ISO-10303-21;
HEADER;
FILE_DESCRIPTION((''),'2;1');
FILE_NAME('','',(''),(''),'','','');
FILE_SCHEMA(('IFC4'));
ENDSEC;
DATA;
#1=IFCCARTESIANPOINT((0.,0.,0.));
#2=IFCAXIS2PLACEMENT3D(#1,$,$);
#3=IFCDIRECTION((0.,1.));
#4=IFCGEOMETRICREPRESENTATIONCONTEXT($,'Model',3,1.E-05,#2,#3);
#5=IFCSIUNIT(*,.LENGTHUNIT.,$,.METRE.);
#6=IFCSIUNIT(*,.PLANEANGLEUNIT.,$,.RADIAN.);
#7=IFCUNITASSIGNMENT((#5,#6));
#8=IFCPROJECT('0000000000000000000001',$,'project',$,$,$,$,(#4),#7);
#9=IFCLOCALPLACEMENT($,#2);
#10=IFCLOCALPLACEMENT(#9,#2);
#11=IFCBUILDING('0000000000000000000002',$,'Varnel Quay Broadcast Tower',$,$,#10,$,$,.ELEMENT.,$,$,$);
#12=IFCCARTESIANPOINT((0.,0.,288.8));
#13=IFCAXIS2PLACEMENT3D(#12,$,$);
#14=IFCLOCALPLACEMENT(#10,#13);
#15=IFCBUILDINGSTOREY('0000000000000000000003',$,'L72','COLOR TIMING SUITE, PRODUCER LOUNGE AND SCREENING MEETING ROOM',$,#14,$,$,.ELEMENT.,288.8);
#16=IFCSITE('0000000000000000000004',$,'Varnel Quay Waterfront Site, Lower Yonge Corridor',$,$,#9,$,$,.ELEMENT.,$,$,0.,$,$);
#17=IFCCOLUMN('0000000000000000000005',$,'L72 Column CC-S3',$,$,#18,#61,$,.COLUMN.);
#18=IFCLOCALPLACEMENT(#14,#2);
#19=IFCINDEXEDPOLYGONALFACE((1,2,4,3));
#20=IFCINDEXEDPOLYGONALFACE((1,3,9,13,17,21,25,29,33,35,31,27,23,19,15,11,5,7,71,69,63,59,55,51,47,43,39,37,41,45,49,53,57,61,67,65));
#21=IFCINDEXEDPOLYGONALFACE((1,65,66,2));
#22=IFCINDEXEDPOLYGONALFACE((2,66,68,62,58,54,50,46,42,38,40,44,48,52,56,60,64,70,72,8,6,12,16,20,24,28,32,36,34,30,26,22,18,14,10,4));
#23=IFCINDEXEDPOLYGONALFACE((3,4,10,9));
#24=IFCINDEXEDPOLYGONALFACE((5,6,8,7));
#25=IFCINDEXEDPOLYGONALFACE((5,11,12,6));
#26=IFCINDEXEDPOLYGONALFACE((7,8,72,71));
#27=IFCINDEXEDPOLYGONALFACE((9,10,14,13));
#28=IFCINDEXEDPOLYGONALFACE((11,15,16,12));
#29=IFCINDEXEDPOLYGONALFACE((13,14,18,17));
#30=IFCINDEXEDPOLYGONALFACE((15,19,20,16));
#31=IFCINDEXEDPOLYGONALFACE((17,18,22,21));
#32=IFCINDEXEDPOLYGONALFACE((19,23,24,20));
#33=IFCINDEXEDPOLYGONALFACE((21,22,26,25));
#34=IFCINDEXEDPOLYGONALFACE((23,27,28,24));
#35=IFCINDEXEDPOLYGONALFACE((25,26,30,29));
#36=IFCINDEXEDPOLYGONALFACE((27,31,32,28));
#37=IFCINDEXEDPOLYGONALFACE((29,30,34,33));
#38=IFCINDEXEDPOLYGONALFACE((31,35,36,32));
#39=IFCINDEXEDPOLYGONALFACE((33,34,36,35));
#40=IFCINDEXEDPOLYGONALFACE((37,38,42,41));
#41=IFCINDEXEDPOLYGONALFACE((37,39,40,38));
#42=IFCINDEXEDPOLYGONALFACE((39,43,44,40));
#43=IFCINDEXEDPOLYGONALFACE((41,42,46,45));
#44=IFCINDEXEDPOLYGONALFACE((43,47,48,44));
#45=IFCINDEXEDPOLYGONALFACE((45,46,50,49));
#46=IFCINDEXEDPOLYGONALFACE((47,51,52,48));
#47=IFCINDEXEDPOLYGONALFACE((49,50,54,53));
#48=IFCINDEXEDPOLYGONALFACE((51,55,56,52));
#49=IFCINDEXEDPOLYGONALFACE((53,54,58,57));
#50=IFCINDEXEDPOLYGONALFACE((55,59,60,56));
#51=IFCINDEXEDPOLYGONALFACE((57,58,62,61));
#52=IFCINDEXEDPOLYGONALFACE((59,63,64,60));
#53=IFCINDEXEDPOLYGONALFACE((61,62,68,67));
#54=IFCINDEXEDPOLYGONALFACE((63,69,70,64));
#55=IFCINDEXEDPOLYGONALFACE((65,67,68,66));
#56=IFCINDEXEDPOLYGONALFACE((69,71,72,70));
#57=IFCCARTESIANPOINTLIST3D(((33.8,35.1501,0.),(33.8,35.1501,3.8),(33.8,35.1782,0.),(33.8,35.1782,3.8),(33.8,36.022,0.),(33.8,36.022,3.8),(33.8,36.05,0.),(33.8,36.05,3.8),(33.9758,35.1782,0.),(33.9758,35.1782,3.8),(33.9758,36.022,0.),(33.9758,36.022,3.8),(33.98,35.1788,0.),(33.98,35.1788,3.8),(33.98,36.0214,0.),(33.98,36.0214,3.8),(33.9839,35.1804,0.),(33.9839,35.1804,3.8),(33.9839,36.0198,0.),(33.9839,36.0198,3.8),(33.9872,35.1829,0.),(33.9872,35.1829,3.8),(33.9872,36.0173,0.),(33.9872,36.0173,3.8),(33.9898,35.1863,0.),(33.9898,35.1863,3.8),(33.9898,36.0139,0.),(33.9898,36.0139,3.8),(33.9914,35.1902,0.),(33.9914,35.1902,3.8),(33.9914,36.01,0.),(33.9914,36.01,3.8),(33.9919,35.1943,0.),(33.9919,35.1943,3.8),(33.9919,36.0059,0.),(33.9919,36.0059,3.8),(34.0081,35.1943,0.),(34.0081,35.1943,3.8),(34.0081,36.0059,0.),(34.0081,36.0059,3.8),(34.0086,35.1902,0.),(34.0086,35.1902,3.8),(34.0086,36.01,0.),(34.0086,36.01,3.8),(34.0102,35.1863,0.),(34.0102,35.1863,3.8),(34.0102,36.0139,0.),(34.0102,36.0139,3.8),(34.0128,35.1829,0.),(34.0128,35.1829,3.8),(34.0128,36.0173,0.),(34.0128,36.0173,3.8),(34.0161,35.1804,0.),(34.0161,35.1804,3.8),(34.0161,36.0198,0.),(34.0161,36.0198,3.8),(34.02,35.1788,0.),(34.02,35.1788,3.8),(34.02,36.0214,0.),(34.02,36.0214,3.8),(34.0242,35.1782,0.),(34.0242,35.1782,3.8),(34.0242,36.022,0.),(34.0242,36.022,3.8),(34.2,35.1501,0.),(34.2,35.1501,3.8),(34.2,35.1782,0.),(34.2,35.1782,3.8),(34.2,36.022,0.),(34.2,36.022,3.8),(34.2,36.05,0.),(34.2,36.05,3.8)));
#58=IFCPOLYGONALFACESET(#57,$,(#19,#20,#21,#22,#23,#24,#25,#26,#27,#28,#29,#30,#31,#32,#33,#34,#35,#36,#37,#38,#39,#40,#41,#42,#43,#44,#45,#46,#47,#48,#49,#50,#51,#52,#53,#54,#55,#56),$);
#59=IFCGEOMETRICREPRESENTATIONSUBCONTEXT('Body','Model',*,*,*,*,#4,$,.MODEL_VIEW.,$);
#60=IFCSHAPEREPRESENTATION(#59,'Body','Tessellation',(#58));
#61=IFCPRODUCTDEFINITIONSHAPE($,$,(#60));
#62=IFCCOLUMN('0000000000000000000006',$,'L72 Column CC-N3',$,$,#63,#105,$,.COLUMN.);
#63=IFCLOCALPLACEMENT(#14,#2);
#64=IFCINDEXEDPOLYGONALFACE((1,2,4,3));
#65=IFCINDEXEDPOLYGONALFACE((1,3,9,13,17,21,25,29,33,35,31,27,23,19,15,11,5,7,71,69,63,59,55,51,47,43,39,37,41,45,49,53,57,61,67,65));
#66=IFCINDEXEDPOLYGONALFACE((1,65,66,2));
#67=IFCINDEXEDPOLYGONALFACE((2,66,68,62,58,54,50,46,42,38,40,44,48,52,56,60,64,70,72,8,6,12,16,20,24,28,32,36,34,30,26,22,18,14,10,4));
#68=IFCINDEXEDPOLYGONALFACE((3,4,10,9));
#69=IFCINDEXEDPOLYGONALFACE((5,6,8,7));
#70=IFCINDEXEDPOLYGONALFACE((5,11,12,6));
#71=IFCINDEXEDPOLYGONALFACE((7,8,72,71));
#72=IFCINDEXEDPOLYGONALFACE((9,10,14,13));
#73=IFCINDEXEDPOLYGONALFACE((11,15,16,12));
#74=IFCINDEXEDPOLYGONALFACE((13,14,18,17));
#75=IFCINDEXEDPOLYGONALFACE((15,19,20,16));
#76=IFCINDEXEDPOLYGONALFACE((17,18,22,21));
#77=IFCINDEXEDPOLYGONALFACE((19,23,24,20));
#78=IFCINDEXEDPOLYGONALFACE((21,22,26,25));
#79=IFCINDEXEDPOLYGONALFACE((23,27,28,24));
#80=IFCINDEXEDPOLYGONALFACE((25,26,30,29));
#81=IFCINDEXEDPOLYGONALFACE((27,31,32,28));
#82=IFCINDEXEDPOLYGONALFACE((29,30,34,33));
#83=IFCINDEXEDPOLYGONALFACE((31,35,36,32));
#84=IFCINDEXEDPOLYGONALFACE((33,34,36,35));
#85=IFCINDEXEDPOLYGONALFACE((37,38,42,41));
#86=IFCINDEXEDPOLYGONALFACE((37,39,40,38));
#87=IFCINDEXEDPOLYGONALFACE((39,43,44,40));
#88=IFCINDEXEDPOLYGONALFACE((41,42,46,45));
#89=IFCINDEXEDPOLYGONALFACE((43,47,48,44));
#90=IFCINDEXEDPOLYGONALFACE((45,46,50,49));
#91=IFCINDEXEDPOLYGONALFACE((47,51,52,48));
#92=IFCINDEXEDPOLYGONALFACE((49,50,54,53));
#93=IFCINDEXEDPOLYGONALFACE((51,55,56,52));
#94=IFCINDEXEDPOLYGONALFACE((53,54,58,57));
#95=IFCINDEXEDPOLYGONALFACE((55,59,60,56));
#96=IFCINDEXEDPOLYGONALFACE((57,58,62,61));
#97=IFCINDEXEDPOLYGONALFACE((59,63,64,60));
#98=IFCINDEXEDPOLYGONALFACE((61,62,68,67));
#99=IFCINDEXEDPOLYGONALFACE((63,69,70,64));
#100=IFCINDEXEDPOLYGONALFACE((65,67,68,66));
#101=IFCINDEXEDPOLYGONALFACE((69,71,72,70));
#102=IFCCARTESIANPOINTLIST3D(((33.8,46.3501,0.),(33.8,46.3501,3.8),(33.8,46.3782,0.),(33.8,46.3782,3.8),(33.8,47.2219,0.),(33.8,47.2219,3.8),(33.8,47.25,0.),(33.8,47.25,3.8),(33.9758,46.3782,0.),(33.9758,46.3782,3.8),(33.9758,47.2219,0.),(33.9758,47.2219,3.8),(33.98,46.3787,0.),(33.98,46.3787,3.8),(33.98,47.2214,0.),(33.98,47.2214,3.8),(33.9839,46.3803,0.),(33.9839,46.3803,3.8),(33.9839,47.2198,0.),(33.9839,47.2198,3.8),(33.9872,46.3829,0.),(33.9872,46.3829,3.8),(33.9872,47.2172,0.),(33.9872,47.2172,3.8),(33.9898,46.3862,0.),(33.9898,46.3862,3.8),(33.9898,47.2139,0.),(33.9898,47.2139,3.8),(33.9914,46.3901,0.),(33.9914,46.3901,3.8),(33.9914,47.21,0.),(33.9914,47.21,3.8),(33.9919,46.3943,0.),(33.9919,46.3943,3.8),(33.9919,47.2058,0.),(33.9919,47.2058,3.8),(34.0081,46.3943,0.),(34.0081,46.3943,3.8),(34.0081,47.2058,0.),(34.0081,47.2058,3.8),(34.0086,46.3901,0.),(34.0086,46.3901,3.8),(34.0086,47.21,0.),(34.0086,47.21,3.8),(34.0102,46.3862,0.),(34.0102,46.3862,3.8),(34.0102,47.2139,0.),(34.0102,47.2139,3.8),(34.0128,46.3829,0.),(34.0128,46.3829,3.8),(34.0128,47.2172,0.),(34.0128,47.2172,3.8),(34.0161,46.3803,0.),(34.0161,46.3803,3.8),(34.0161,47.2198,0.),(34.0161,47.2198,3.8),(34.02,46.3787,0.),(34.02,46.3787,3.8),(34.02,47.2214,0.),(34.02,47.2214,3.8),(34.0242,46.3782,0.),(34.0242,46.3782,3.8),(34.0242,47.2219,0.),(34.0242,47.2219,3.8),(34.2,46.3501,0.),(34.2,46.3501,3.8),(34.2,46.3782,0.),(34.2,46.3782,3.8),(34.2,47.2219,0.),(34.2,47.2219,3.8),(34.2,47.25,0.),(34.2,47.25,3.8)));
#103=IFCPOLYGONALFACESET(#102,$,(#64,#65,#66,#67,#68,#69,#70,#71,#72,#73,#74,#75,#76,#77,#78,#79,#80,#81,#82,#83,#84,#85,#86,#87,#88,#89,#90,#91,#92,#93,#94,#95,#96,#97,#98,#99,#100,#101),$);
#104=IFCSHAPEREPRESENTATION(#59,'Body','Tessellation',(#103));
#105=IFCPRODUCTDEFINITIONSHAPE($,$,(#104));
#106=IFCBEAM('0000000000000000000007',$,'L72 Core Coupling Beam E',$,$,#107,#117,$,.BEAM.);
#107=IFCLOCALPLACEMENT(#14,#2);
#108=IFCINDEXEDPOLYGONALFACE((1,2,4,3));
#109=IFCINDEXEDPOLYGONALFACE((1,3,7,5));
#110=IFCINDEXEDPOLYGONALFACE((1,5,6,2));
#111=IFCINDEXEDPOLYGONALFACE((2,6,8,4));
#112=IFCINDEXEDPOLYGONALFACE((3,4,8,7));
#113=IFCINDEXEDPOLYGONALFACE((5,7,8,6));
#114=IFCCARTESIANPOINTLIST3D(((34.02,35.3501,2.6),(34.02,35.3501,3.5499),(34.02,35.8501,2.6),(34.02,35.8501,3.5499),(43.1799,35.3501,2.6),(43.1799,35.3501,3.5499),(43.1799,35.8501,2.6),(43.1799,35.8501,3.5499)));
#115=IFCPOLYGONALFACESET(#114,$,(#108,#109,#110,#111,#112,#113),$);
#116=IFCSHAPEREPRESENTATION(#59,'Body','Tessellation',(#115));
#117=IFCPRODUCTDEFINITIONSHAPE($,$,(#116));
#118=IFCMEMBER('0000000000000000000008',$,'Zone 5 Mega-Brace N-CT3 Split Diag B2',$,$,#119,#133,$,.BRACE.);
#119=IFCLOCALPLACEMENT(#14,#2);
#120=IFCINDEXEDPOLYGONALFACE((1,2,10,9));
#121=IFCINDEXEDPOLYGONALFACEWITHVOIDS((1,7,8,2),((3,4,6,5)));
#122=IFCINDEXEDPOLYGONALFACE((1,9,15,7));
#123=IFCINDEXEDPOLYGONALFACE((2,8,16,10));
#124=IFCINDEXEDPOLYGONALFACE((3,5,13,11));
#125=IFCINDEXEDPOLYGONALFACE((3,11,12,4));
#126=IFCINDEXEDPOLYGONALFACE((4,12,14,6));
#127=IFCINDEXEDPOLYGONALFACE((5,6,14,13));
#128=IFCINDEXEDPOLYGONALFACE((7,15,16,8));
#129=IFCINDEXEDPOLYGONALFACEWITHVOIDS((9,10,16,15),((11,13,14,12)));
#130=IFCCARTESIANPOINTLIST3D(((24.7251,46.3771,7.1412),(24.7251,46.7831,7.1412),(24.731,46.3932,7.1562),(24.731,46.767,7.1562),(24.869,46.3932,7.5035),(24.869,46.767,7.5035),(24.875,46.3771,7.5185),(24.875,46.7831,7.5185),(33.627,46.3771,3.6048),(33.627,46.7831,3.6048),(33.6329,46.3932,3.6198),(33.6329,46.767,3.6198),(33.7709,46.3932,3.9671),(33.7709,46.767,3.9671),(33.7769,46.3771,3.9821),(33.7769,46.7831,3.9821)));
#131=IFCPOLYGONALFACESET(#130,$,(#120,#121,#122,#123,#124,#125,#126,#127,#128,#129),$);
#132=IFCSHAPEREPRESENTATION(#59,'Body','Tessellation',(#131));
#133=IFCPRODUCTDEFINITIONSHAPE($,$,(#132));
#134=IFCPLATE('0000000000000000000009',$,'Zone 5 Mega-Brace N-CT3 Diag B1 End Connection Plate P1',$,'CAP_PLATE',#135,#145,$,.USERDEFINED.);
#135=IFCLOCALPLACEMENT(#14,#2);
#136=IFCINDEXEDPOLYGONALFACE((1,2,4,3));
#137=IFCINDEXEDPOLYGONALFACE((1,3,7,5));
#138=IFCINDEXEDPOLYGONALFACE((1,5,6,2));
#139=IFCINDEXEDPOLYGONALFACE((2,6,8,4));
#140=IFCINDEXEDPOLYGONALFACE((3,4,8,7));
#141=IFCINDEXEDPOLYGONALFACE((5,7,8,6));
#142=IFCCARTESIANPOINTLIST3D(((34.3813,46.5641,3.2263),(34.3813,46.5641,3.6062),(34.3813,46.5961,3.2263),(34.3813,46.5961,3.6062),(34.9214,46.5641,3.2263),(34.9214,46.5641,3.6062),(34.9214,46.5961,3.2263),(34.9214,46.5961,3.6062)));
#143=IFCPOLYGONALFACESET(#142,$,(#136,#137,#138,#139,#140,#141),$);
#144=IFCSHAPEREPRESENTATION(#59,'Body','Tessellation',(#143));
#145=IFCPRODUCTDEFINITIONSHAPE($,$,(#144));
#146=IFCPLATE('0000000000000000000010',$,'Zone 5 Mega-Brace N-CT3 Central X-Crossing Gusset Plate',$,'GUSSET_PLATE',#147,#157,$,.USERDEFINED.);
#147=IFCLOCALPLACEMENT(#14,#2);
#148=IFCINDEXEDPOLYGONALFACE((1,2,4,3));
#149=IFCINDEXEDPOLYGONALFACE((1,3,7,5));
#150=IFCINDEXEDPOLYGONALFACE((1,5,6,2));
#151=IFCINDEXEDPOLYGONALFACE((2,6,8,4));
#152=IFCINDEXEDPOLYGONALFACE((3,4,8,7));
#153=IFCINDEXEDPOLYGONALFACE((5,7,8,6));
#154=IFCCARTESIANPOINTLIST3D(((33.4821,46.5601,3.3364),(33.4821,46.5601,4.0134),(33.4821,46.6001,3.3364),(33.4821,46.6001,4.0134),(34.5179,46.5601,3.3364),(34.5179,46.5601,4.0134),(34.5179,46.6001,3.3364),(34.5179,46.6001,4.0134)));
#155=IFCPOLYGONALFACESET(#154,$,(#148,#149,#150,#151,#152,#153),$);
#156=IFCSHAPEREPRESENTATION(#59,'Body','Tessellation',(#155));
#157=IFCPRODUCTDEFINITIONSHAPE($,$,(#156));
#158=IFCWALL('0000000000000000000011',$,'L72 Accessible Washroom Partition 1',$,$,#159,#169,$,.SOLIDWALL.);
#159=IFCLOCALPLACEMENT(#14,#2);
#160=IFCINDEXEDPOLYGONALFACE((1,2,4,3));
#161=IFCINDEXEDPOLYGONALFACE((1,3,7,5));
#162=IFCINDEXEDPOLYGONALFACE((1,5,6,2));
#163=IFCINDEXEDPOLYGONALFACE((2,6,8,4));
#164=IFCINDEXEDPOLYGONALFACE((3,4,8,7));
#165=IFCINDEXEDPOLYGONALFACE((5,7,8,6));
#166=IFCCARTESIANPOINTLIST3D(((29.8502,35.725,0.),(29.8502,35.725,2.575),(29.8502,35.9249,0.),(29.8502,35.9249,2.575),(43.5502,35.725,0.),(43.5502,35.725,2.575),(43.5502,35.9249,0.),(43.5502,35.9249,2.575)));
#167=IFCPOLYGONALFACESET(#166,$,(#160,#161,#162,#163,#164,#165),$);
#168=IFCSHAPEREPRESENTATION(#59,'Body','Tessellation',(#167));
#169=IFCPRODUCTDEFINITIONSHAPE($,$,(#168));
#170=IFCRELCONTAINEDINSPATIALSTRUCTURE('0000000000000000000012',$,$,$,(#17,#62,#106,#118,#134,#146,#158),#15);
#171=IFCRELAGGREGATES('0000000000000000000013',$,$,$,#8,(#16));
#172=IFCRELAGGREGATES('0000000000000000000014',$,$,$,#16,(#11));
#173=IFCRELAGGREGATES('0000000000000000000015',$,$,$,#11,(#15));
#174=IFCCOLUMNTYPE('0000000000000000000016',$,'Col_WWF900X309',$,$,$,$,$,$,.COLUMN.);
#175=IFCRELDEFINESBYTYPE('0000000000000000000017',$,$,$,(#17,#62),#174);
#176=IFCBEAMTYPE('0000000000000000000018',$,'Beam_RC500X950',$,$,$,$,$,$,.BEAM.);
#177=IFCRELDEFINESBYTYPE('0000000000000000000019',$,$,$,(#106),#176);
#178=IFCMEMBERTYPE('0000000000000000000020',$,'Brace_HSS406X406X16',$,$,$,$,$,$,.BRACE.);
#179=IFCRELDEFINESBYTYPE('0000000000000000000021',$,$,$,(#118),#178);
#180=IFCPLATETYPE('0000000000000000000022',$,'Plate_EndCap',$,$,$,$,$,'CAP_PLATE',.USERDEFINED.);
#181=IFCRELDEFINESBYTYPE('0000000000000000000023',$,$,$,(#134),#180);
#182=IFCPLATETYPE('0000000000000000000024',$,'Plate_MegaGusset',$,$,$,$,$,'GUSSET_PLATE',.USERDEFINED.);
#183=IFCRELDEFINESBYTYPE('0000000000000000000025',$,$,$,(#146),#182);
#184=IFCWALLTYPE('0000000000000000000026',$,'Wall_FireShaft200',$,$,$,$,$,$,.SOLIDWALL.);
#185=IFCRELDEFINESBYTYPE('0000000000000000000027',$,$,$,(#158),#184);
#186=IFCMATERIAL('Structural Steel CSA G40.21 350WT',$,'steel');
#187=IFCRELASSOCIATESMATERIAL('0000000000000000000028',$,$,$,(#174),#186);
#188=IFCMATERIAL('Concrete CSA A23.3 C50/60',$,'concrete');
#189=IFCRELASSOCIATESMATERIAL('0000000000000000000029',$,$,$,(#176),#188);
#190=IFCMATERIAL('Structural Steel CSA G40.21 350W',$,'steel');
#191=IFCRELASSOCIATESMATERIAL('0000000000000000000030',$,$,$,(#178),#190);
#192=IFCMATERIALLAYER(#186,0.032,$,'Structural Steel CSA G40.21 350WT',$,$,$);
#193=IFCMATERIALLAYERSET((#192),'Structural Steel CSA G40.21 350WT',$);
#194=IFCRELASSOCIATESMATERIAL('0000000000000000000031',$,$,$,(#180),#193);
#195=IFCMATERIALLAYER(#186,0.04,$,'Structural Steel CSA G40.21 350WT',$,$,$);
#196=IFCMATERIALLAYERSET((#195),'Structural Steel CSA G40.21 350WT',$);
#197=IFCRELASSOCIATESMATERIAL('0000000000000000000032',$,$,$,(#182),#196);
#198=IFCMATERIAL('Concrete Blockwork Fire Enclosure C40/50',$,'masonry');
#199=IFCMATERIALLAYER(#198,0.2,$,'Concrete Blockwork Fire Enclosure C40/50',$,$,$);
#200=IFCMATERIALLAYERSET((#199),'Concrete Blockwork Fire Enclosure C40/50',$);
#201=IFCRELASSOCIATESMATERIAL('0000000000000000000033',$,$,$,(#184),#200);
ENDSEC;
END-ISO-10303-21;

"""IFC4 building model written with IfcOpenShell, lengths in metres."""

from ifc_helpers import new_model, si_unit, direction, frame, frame_2d, origin, origin_2d, place, context, subcontext, project, spatial, rectangle, hollow_rectangle, i_section, extrude, source, transform, mapped, material, layer, layer_set, material_profile, profile_set, type_object, type_shapes, element, save


model = new_model("IFC4")

# Units and contexts
model_context = context("Model", 3, precision=1e-05, world=origin(), true_north=direction((0.0, 1.0)))
body_context = subcontext(model_context, "Body", "Model", "MODEL_VIEW")
ifc_project = project(units=[si_unit("LENGTHUNIT", "METRE"), si_unit("PLANEANGLEUNIT", "RADIAN")], contexts=[model_context])

# Site, building, storey
site_placement = place(None, origin())
site = spatial("IfcSite", under=ifc_project, at=site_placement, Name="Varnel Quay Waterfront Site, Lower Yonge Corridor", CompositionType="ELEMENT", RefElevation=0.0)
building_placement = place(site_placement, origin())
building = spatial("IfcBuilding", under=site, at=building_placement, Name="Varnel Quay Broadcast Tower", CompositionType="ELEMENT")
storey_placement = place(building_placement, frame((0.0, 0.0, 288.8)))
storey = spatial("IfcBuildingStorey", under=building, at=storey_placement, Name="L72", Description="COLOR TIMING SUITE, PRODUCER LOUNGE AND SCREENING MEETING ROOM", CompositionType="ELEMENT", Elevation=288.8)

# Columns
ifc_material_1 = material(Name="Structural Steel CSA G40.21 350WT", Category="steel")
ifc_material_profile_1 = material_profile(ifc_material_1, i_section(OverallWidth=0.3999, OverallDepth=0.8999, WebThickness=0.0161, FlangeThickness=0.0281, FilletRadius=0.0161, at=origin_2d()), Name="WWF900X309")
ifc_profile_set_1 = profile_set([ifc_material_profile_1], Name="Structural Steel CSA G40.21 350WT")
column_type = type_object("IfcColumnType", Name="Col_WWF900X309", PredefinedType="COLUMN", material=ifc_profile_set_1)
shared_shape_1 = source(origin(), body_context, "Body", "SweptSolid", [
    extrude(i_section(OverallWidth=0.3999, OverallDepth=0.8999, WebThickness=0.0161, FlangeThickness=0.0281, FilletRadius=0.0161, at=origin_2d()), origin(), (0.0, 0.0, 1.0), 3.8),
])
type_shapes(column_type, [shared_shape_1])
for number, where, z_axis, x_axis, name in (
    (1, (34.0, 35.6001, 0.0), (0.0, 0.0, 1.0), (1.0, 0.0, 0.0), "L72 Column CC-S3"),
    (2, (34.0, 46.8, 0.0), (0.0, 0.0, 1.0), (1.0, 0.0, 0.0), "L72 Column CC-N3"),
):
    element("IfcColumn", number, at=place(storey_placement, frame(where, z_axis=z_axis, x_axis=x_axis)), inside=storey, type_object=column_type, Name=name, PredefinedType="COLUMN", context=body_context, shape_type="MappedRepresentation", body=[
        mapped(shared_shape_1, transform((0.0, 0.0, 0.0), x_axis=(1.0, 0.0, 0.0), y_axis=(0.0, 1.0, 0.0), z_axis=(0.0, 0.0, 1.0), scale=1.0)),
    ])

# Beam
ifc_material_2 = material(Name="Concrete CSA A23.3 C50/60", Category="concrete")
ifc_material_profile_2 = material_profile(ifc_material_2, rectangle(XDim=0.5, YDim=0.95, at=origin_2d()), Name="RC500X950")
ifc_profile_set_2 = profile_set([ifc_material_profile_2], Name="Concrete CSA A23.3 C50/60")
beam_type = type_object("IfcBeamType", Name="Beam_RC500X950", PredefinedType="BEAM", material=ifc_profile_set_2)
shared_shape_2 = source(origin(), body_context, "Body", "SweptSolid", [
    extrude(rectangle(XDim=0.5, YDim=0.95, at=origin_2d()), origin(), (0.0, 0.0, 1.0), 9.1599),
])
type_shapes(beam_type, [shared_shape_2])
beam_placement = place(storey_placement, frame((34.02, 35.6001, 3.075), z_axis=(1.0, 0.0, 0.0), x_axis=(0.0, 1.0, 0.0)))
element("IfcBeam", 3, at=beam_placement, inside=storey, type_object=beam_type, Name="L72 Core Coupling Beam E", PredefinedType="BEAM", context=body_context, shape_type="MappedRepresentation", body=[
    mapped(shared_shape_2, transform((0.0, 0.0, 0.0), x_axis=(1.0, 0.0, 0.0), y_axis=(0.0, 1.0, 0.0), z_axis=(0.0, 0.0, 1.0), scale=1.0)),
])

# Member
ifc_material_3 = material(Name="Structural Steel CSA G40.21 350W", Category="steel")
ifc_material_profile_3 = material_profile(ifc_material_3, hollow_rectangle(XDim=0.406, YDim=0.406, WallThickness=0.0161, at=origin_2d()), Name="HSS406X406X16")
ifc_profile_set_3 = profile_set([ifc_material_profile_3], Name="Structural Steel CSA G40.21 350W")
member_type = type_object("IfcMemberType", Name="Brace_HSS406X406X16", PredefinedType="BRACE", material=ifc_profile_set_3)
shared_shape_3 = source(origin(), body_context, "Body", "SweptSolid", [
    extrude(hollow_rectangle(XDim=0.406, YDim=0.406, WallThickness=0.0161, at=origin_2d()), origin(), (0.0, 0.0, 1.0), 9.5786),
])
type_shapes(member_type, [shared_shape_3])
member_placement = place(storey_placement, frame((33.7019, 46.5801, 3.7935), z_axis=(-0.929351, 0.0, 0.369197), x_axis=(0.0, -1.0, 0.0)))
element("IfcMember", 4, at=member_placement, inside=storey, type_object=member_type, Name="Zone 5 Mega-Brace N-CT3 Split Diag B2", PredefinedType="BRACE", context=body_context, shape_type="MappedRepresentation", body=[
    mapped(shared_shape_3, transform((0.0, 0.0, 0.0), x_axis=(1.0, 0.0, 0.0), y_axis=(0.0, 1.0, 0.0), z_axis=(0.0, 0.0, 1.0), scale=1.0)),
])

# Plates
ifc_layer_1 = layer(ifc_material_1, 0.032, Name="Structural Steel CSA G40.21 350WT")
ifc_layer_set_1 = layer_set([ifc_layer_1], Name="Structural Steel CSA G40.21 350WT")
plate_type_1 = type_object("IfcPlateType", Name="Plate_EndCap", ElementType="CAP_PLATE", PredefinedType="USERDEFINED", material=ifc_layer_set_1)
shared_shape_4 = source(origin(), body_context, "Body", "SweptSolid", [
    extrude(rectangle(XDim=0.54, YDim=0.032, at=origin_2d()), origin(), (0.0, 0.0, 1.0), 0.3799),
])
type_shapes(plate_type_1, [shared_shape_4])
plate_1_placement = place(storey_placement, frame((34.6514, 46.5801, 3.2263), z_axis=(0.0, 0.0, 1.0), x_axis=(1.0, 0.0, 0.0)))
element("IfcPlate", 5, at=plate_1_placement, inside=storey, type_object=plate_type_1, Name="Zone 5 Mega-Brace N-CT3 Diag B1 End Connection Plate P1", ObjectType="CAP_PLATE", PredefinedType="USERDEFINED", context=body_context, shape_type="MappedRepresentation", body=[
    mapped(shared_shape_4, transform((0.0, 0.0, 0.0), x_axis=(1.0, 0.0, 0.0), y_axis=(0.0, 1.0, 0.0), z_axis=(0.0, 0.0, 1.0), scale=1.0)),
])
ifc_layer_2 = layer(ifc_material_1, 0.04, Name="Structural Steel CSA G40.21 350WT")
ifc_layer_set_2 = layer_set([ifc_layer_2], Name="Structural Steel CSA G40.21 350WT")
plate_type_2 = type_object("IfcPlateType", Name="Plate_MegaGusset", ElementType="GUSSET_PLATE", PredefinedType="USERDEFINED", material=ifc_layer_set_2)
shared_shape_5 = source(origin(), body_context, "Body", "SweptSolid", [
    extrude(rectangle(XDim=1.0359, YDim=0.04, at=origin_2d()), origin(), (0.0, 0.0, 1.0), 0.677),
])
type_shapes(plate_type_2, [shared_shape_5])
plate_2_placement = place(storey_placement, frame((34.0, 46.5801, 3.3364), z_axis=(0.0, 0.0, 1.0), x_axis=(1.0, 0.0, 0.0)))
element("IfcPlate", 6, at=plate_2_placement, inside=storey, type_object=plate_type_2, Name="Zone 5 Mega-Brace N-CT3 Central X-Crossing Gusset Plate", ObjectType="GUSSET_PLATE", PredefinedType="USERDEFINED", context=body_context, shape_type="MappedRepresentation", body=[
    mapped(shared_shape_5, transform((0.0, 0.0, 0.0), x_axis=(1.0, 0.0, 0.0), y_axis=(0.0, 1.0, 0.0), z_axis=(0.0, 0.0, 1.0), scale=1.0)),
])

# Wall
ifc_material_4 = material(Name="Concrete Blockwork Fire Enclosure C40/50", Category="masonry")
ifc_layer_3 = layer(ifc_material_4, 0.2, Name="Concrete Blockwork Fire Enclosure C40/50")
ifc_layer_set_3 = layer_set([ifc_layer_3], Name="Concrete Blockwork Fire Enclosure C40/50")
wall_type_1 = type_object("IfcWallType", Name="Wall_FireShaft200", PredefinedType="SOLIDWALL", material=ifc_layer_set_3)
wall_1_placement = place(storey_placement, frame((29.8501, 35.825, 0.0), z_axis=(0.0, 0.0, 1.0), x_axis=(1.0, 0.0, 0.0)))
element("IfcWall", 7, at=wall_1_placement, inside=storey, type_object=wall_type_1, Name="L72 Accessible Washroom Partition 1", PredefinedType="SOLIDWALL", context=body_context, shape_type="SweptSolid", body=[
    extrude(rectangle(XDim=13.7, YDim=0.2, at=frame_2d((6.8501, 0.0))), origin(), (0.0, 0.0, 1.0), 2.575),
])

save(model, "model.ifc")
